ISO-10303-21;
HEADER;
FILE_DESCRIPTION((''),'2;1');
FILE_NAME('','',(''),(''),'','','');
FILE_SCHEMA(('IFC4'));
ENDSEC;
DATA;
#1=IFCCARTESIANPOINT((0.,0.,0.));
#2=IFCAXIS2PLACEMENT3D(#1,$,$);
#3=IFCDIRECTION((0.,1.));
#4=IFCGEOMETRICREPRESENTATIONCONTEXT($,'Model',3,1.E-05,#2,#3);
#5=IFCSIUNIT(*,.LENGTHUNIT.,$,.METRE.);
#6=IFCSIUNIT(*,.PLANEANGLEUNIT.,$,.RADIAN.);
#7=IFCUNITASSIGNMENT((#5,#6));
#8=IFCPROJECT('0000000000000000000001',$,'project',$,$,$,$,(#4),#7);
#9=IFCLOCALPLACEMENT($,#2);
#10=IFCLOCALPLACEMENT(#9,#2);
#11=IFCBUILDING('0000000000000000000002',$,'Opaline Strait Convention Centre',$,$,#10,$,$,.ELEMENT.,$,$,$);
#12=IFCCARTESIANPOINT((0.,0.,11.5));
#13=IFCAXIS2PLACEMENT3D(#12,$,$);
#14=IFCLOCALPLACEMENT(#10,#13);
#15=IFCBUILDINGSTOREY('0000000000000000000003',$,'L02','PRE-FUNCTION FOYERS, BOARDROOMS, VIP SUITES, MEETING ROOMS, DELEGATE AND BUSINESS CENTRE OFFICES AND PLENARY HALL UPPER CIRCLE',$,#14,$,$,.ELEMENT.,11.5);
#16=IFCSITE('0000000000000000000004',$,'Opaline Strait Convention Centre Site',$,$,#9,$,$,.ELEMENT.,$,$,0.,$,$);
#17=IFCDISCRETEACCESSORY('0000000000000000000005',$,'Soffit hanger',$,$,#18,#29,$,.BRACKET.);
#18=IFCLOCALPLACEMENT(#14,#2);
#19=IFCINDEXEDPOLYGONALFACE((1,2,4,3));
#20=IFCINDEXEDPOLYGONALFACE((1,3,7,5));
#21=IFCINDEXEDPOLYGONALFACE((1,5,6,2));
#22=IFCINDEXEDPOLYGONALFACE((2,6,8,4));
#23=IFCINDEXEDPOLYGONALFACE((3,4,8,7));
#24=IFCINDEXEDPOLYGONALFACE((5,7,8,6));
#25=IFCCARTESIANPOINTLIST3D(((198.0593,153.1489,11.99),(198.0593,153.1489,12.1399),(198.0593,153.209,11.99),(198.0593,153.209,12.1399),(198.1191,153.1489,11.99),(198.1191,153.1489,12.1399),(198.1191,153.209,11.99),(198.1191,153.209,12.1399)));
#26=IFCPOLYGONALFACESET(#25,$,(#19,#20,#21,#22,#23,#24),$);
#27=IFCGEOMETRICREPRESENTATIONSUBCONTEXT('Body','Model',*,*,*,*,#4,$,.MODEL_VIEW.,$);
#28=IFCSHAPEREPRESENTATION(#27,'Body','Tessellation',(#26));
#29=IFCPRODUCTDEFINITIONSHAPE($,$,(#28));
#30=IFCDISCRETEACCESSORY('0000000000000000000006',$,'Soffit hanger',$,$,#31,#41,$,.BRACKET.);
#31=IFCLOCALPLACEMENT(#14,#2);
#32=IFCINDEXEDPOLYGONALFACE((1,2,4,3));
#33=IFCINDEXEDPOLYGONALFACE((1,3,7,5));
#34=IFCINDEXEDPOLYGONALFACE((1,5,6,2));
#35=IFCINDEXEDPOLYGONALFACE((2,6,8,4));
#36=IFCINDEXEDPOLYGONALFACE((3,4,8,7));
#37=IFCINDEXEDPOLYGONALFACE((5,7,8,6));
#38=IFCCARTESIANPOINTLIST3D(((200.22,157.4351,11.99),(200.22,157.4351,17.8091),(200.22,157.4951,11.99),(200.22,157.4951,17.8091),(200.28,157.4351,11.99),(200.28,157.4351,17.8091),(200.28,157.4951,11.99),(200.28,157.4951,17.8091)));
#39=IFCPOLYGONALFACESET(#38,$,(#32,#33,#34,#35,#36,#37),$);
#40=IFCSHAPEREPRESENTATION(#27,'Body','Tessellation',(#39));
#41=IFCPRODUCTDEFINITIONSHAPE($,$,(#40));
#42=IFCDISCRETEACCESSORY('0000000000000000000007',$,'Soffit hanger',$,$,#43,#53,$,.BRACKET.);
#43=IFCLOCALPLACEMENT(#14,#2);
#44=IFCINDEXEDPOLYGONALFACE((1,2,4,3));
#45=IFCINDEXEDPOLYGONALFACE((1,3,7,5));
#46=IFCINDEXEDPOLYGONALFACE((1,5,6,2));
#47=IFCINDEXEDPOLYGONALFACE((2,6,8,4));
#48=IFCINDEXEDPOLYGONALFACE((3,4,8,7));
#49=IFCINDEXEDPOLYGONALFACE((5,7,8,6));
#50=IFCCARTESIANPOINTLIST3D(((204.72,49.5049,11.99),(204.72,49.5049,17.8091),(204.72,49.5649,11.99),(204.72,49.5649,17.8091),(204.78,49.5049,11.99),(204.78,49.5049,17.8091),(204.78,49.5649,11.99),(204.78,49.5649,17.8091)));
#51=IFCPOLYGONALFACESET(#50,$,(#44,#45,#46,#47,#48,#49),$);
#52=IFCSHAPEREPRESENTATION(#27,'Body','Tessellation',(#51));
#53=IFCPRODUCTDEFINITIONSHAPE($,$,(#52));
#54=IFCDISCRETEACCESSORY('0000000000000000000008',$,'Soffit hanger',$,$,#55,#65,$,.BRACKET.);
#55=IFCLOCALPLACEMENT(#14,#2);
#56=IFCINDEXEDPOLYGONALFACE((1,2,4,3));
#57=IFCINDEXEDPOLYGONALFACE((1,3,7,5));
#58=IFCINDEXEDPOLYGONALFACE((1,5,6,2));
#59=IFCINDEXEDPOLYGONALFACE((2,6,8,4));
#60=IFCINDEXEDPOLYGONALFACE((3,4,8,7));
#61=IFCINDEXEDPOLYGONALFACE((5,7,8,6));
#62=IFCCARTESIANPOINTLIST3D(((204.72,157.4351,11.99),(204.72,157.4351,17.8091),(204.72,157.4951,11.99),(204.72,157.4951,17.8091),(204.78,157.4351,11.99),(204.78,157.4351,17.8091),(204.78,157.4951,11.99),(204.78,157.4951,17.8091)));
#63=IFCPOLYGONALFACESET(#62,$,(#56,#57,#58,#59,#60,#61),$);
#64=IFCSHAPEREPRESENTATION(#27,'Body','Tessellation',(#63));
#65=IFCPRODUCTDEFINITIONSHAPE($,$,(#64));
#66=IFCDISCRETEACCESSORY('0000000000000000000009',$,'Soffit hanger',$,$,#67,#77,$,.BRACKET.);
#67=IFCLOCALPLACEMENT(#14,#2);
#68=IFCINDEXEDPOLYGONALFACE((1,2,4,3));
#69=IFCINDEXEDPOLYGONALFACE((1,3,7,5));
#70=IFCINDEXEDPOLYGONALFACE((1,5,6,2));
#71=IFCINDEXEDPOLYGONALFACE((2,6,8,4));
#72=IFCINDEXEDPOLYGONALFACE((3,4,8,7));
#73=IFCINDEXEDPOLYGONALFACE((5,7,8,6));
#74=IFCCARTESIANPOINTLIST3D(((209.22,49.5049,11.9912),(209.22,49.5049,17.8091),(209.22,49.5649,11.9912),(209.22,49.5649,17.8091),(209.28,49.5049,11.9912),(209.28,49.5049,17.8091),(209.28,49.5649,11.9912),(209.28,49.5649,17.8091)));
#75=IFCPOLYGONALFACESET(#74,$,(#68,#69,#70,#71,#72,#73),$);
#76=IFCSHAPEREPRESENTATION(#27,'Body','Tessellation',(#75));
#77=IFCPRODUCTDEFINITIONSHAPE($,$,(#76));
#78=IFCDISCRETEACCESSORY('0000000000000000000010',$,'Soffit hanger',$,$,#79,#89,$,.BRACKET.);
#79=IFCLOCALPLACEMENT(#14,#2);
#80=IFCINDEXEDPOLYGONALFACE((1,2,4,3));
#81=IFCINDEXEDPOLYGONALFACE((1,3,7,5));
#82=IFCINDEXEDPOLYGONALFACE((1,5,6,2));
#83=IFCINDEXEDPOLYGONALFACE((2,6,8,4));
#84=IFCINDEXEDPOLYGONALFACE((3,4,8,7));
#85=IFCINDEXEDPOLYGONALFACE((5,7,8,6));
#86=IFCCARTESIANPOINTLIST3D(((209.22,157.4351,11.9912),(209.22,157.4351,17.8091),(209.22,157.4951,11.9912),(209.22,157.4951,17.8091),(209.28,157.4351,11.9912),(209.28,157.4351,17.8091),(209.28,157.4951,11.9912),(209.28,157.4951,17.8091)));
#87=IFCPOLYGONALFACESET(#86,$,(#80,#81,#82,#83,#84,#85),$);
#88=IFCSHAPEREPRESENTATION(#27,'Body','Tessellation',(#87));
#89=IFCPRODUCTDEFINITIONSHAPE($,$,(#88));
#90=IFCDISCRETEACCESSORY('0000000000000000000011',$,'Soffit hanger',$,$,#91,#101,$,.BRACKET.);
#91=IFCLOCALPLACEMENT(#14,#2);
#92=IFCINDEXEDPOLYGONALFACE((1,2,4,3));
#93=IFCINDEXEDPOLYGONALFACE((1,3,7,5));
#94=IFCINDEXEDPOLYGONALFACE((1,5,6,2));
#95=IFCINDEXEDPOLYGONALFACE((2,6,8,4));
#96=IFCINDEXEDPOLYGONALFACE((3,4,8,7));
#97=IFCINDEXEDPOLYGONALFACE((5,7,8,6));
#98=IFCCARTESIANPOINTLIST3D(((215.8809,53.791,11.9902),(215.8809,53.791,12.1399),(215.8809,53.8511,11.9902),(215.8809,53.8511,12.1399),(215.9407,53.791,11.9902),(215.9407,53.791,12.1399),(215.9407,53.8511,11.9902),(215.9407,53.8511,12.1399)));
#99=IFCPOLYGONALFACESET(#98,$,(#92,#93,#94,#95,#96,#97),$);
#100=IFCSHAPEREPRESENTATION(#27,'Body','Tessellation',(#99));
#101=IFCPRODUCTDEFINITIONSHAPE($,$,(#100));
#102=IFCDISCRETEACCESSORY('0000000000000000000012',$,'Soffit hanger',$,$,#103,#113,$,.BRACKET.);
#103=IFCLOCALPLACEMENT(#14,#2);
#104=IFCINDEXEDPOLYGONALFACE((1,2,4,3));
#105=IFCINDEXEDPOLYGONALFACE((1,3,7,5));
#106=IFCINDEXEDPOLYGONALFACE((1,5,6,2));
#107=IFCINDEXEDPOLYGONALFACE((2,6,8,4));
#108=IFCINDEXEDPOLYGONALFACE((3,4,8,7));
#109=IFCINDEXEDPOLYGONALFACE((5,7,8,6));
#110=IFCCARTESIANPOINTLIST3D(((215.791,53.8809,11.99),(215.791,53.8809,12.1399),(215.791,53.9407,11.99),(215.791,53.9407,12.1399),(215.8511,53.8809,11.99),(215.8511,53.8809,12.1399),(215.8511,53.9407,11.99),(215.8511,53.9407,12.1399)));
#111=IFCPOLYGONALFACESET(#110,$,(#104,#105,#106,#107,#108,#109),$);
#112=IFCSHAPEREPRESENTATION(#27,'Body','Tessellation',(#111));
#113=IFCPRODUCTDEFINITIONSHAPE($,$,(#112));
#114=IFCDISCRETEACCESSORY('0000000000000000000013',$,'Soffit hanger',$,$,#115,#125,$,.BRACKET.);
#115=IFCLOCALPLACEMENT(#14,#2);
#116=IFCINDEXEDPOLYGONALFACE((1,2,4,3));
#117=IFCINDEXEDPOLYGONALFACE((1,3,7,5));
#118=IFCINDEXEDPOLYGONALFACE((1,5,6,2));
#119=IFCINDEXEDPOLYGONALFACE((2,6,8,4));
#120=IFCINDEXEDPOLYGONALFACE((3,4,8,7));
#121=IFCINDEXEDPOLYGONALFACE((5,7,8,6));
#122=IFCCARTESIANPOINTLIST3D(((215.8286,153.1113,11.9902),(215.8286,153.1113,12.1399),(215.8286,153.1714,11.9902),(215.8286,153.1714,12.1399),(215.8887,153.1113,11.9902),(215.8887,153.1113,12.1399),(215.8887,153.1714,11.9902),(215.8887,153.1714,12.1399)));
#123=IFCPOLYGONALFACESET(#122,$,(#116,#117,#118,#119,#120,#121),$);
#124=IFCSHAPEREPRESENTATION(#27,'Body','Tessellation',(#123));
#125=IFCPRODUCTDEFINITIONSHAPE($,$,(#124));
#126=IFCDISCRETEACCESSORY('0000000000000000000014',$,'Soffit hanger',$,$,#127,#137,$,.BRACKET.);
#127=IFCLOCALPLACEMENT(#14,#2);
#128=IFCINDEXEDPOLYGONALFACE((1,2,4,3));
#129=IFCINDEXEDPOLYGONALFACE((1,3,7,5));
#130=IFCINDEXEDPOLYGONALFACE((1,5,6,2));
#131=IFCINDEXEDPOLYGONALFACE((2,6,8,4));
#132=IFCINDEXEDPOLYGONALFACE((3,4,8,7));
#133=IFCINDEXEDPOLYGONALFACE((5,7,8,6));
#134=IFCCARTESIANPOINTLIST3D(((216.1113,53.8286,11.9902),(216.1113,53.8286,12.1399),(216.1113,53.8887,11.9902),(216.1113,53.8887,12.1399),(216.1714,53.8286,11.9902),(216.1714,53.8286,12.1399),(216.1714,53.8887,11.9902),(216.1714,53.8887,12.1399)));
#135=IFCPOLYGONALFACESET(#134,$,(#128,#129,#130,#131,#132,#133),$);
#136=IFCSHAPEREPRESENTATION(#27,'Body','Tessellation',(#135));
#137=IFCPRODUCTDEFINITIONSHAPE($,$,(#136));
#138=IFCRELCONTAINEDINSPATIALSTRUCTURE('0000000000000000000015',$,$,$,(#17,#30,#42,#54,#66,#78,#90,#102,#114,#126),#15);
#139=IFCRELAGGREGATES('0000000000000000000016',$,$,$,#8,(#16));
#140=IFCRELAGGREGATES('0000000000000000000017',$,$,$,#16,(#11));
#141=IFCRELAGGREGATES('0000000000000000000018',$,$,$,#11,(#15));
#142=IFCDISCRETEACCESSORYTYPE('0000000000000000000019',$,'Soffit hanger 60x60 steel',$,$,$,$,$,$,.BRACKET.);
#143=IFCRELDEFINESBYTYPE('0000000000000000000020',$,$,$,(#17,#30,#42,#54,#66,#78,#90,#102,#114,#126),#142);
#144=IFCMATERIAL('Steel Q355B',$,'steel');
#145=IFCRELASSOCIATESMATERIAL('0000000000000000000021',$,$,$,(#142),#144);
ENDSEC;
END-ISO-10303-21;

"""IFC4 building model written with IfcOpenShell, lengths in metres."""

from ifc_helpers import new_model, si_unit, direction, frame, origin, place, context, subcontext, project, spatial, polyline, outline, extrude, material, type_object, element, save


model = new_model("IFC4")

# Units and contexts
model_context = context("Model", 3, precision=1e-05, world=origin(), true_north=direction((0.0, 1.0)))
body_context = subcontext(model_context, "Body", "Model", "MODEL_VIEW")
ifc_project = project(units=[si_unit("LENGTHUNIT", "METRE"), si_unit("PLANEANGLEUNIT", "RADIAN")], contexts=[model_context])

# Site, building, storey
site_placement = place(None, origin())
site = spatial("IfcSite", under=ifc_project, at=site_placement, Name="Opaline Strait Convention Centre Site", CompositionType="ELEMENT", RefElevation=0.0)
building_placement = place(site_placement, origin())
building = spatial("IfcBuilding", under=site, at=building_placement, Name="Opaline Strait Convention Centre", CompositionType="ELEMENT")
storey_placement = place(building_placement, frame((0.0, 0.0, 11.5)))
storey = spatial("IfcBuildingStorey", under=building, at=storey_placement, Name="L02", Description="PRE-FUNCTION FOYERS, BOARDROOMS, VIP SUITES, MEETING ROOMS, DELEGATE AND BUSINESS CENTRE OFFICES AND PLENARY HALL UPPER CIRCLE", CompositionType="ELEMENT", Elevation=11.5)

# Discrete accessories
ifc_material = material(Name="Steel Q355B", Category="steel")
discrete_accessory_type = type_object("IfcDiscreteAccessoryType", Name="Soffit hanger 60x60 steel", PredefinedType="BRACKET", material=ifc_material)
discrete_accessory_1_placement = place(storey_placement, frame((0.0, 0.0, 11.99)))
element("IfcDiscreteAccessory", 1, at=discrete_accessory_1_placement, inside=storey, type_object=discrete_accessory_type, Name="Soffit hanger", PredefinedType="BRACKET", context=body_context, shape_type="SweptSolid", body=[
    extrude(outline(polyline([(198.0593, 153.1489), (198.1191, 153.1489), (198.1191, 153.209), (198.0593, 153.209), (198.0593, 153.1489)])), origin(), (0.0, 0.0, 1.0), 0.1499),
])
discrete_accessory_2_placement = place(storey_placement, frame((0.0, 0.0, 11.99)))
element("IfcDiscreteAccessory", 2, at=discrete_accessory_2_placement, inside=storey, type_object=discrete_accessory_type, Name="Soffit hanger", PredefinedType="BRACKET", context=body_context, shape_type="SweptSolid", body=[
    extrude(outline(polyline([(200.22, 157.4351), (200.28, 157.4351), (200.28, 157.4951), (200.22, 157.4951), (200.22, 157.4351)])), origin(), (0.0, 0.0, 1.0), 5.8191),
])
discrete_accessory_3_placement = place(storey_placement, frame((0.0, 0.0, 11.99)))
element("IfcDiscreteAccessory", 3, at=discrete_accessory_3_placement, inside=storey, type_object=discrete_accessory_type, Name="Soffit hanger", PredefinedType="BRACKET", context=body_context, shape_type="SweptSolid", body=[
    extrude(outline(polyline([(204.72, 49.5049), (204.78, 49.5049), (204.78, 49.5649), (204.72, 49.5649), (204.72, 49.5049)])), origin(), (0.0, 0.0, 1.0), 5.8191),
])
discrete_accessory_4_placement = place(storey_placement, frame((0.0, 0.0, 11.99)))
element("IfcDiscreteAccessory", 4, at=discrete_accessory_4_placement, inside=storey, type_object=discrete_accessory_type, Name="Soffit hanger", PredefinedType="BRACKET", context=body_context, shape_type="SweptSolid", body=[
    extrude(outline(polyline([(204.72, 157.4351), (204.78, 157.4351), (204.78, 157.4951), (204.72, 157.4951), (204.72, 157.4351)])), origin(), (0.0, 0.0, 1.0), 5.8191),
])
discrete_accessory_5_placement = place(storey_placement, frame((0.0, 0.0, 11.9912)))
element("IfcDiscreteAccessory", 5, at=discrete_accessory_5_placement, inside=storey, type_object=discrete_accessory_type, Name="Soffit hanger", PredefinedType="BRACKET", context=body_context, shape_type="SweptSolid", body=[
    extrude(outline(polyline([(209.22, 49.5049), (209.28, 49.5049), (209.28, 49.5649), (209.22, 49.5649), (209.22, 49.5049)])), origin(), (0.0, 0.0, 1.0), 5.8179),
])
discrete_accessory_6_placement = place(storey_placement, frame((0.0, 0.0, 11.9912)))
element("IfcDiscreteAccessory", 6, at=discrete_accessory_6_placement, inside=storey, type_object=discrete_accessory_type, Name="Soffit hanger", PredefinedType="BRACKET", context=body_context, shape_type="SweptSolid", body=[
    extrude(outline(polyline([(209.22, 157.4351), (209.28, 157.4351), (209.28, 157.4951), (209.22, 157.4951), (209.22, 157.4351)])), origin(), (0.0, 0.0, 1.0), 5.8179),
])
discrete_accessory_7_placement = place(storey_placement, frame((0.0, 0.0, 11.9902)))
element("IfcDiscreteAccessory", 7, at=discrete_accessory_7_placement, inside=storey, type_object=discrete_accessory_type, Name="Soffit hanger", PredefinedType="BRACKET", context=body_context, shape_type="SweptSolid", body=[
    extrude(outline(polyline([(215.8809, 53.791), (215.9407, 53.791), (215.9407, 53.8511), (215.8809, 53.8511), (215.8809, 53.791)])), origin(), (0.0, 0.0, 1.0), 0.1497),
])
discrete_accessory_8_placement = place(storey_placement, frame((0.0, 0.0, 11.99)))
element("IfcDiscreteAccessory", 8, at=discrete_accessory_8_placement, inside=storey, type_object=discrete_accessory_type, Name="Soffit hanger", PredefinedType="BRACKET", context=body_context, shape_type="SweptSolid", body=[
    extrude(outline(polyline([(215.791, 53.8809), (215.8511, 53.8809), (215.8511, 53.9407), (215.791, 53.9407), (215.791, 53.8809)])), origin(), (0.0, 0.0, 1.0), 0.1499),
])
discrete_accessory_9_placement = place(storey_placement, frame((0.0, 0.0, 11.9902)))
element("IfcDiscreteAccessory", 9, at=discrete_accessory_9_placement, inside=storey, type_object=discrete_accessory_type, Name="Soffit hanger", PredefinedType="BRACKET", context=body_context, shape_type="SweptSolid", body=[
    extrude(outline(polyline([(215.8286, 153.1113), (215.8887, 153.1113), (215.8887, 153.1714), (215.8286, 153.1714), (215.8286, 153.1113)])), origin(), (0.0, 0.0, 1.0), 0.1497),
])
discrete_accessory_10_placement = place(storey_placement, frame((0.0, 0.0, 11.9902)))
element("IfcDiscreteAccessory", 10, at=discrete_accessory_10_placement, inside=storey, type_object=discrete_accessory_type, Name="Soffit hanger", PredefinedType="BRACKET", context=body_context, shape_type="SweptSolid", body=[
    extrude(outline(polyline([(216.1113, 53.8286), (216.1714, 53.8286), (216.1714, 53.8887), (216.1113, 53.8887), (216.1113, 53.8286)])), origin(), (0.0, 0.0, 1.0), 0.1497),
])

save(model, "model.ifc")
